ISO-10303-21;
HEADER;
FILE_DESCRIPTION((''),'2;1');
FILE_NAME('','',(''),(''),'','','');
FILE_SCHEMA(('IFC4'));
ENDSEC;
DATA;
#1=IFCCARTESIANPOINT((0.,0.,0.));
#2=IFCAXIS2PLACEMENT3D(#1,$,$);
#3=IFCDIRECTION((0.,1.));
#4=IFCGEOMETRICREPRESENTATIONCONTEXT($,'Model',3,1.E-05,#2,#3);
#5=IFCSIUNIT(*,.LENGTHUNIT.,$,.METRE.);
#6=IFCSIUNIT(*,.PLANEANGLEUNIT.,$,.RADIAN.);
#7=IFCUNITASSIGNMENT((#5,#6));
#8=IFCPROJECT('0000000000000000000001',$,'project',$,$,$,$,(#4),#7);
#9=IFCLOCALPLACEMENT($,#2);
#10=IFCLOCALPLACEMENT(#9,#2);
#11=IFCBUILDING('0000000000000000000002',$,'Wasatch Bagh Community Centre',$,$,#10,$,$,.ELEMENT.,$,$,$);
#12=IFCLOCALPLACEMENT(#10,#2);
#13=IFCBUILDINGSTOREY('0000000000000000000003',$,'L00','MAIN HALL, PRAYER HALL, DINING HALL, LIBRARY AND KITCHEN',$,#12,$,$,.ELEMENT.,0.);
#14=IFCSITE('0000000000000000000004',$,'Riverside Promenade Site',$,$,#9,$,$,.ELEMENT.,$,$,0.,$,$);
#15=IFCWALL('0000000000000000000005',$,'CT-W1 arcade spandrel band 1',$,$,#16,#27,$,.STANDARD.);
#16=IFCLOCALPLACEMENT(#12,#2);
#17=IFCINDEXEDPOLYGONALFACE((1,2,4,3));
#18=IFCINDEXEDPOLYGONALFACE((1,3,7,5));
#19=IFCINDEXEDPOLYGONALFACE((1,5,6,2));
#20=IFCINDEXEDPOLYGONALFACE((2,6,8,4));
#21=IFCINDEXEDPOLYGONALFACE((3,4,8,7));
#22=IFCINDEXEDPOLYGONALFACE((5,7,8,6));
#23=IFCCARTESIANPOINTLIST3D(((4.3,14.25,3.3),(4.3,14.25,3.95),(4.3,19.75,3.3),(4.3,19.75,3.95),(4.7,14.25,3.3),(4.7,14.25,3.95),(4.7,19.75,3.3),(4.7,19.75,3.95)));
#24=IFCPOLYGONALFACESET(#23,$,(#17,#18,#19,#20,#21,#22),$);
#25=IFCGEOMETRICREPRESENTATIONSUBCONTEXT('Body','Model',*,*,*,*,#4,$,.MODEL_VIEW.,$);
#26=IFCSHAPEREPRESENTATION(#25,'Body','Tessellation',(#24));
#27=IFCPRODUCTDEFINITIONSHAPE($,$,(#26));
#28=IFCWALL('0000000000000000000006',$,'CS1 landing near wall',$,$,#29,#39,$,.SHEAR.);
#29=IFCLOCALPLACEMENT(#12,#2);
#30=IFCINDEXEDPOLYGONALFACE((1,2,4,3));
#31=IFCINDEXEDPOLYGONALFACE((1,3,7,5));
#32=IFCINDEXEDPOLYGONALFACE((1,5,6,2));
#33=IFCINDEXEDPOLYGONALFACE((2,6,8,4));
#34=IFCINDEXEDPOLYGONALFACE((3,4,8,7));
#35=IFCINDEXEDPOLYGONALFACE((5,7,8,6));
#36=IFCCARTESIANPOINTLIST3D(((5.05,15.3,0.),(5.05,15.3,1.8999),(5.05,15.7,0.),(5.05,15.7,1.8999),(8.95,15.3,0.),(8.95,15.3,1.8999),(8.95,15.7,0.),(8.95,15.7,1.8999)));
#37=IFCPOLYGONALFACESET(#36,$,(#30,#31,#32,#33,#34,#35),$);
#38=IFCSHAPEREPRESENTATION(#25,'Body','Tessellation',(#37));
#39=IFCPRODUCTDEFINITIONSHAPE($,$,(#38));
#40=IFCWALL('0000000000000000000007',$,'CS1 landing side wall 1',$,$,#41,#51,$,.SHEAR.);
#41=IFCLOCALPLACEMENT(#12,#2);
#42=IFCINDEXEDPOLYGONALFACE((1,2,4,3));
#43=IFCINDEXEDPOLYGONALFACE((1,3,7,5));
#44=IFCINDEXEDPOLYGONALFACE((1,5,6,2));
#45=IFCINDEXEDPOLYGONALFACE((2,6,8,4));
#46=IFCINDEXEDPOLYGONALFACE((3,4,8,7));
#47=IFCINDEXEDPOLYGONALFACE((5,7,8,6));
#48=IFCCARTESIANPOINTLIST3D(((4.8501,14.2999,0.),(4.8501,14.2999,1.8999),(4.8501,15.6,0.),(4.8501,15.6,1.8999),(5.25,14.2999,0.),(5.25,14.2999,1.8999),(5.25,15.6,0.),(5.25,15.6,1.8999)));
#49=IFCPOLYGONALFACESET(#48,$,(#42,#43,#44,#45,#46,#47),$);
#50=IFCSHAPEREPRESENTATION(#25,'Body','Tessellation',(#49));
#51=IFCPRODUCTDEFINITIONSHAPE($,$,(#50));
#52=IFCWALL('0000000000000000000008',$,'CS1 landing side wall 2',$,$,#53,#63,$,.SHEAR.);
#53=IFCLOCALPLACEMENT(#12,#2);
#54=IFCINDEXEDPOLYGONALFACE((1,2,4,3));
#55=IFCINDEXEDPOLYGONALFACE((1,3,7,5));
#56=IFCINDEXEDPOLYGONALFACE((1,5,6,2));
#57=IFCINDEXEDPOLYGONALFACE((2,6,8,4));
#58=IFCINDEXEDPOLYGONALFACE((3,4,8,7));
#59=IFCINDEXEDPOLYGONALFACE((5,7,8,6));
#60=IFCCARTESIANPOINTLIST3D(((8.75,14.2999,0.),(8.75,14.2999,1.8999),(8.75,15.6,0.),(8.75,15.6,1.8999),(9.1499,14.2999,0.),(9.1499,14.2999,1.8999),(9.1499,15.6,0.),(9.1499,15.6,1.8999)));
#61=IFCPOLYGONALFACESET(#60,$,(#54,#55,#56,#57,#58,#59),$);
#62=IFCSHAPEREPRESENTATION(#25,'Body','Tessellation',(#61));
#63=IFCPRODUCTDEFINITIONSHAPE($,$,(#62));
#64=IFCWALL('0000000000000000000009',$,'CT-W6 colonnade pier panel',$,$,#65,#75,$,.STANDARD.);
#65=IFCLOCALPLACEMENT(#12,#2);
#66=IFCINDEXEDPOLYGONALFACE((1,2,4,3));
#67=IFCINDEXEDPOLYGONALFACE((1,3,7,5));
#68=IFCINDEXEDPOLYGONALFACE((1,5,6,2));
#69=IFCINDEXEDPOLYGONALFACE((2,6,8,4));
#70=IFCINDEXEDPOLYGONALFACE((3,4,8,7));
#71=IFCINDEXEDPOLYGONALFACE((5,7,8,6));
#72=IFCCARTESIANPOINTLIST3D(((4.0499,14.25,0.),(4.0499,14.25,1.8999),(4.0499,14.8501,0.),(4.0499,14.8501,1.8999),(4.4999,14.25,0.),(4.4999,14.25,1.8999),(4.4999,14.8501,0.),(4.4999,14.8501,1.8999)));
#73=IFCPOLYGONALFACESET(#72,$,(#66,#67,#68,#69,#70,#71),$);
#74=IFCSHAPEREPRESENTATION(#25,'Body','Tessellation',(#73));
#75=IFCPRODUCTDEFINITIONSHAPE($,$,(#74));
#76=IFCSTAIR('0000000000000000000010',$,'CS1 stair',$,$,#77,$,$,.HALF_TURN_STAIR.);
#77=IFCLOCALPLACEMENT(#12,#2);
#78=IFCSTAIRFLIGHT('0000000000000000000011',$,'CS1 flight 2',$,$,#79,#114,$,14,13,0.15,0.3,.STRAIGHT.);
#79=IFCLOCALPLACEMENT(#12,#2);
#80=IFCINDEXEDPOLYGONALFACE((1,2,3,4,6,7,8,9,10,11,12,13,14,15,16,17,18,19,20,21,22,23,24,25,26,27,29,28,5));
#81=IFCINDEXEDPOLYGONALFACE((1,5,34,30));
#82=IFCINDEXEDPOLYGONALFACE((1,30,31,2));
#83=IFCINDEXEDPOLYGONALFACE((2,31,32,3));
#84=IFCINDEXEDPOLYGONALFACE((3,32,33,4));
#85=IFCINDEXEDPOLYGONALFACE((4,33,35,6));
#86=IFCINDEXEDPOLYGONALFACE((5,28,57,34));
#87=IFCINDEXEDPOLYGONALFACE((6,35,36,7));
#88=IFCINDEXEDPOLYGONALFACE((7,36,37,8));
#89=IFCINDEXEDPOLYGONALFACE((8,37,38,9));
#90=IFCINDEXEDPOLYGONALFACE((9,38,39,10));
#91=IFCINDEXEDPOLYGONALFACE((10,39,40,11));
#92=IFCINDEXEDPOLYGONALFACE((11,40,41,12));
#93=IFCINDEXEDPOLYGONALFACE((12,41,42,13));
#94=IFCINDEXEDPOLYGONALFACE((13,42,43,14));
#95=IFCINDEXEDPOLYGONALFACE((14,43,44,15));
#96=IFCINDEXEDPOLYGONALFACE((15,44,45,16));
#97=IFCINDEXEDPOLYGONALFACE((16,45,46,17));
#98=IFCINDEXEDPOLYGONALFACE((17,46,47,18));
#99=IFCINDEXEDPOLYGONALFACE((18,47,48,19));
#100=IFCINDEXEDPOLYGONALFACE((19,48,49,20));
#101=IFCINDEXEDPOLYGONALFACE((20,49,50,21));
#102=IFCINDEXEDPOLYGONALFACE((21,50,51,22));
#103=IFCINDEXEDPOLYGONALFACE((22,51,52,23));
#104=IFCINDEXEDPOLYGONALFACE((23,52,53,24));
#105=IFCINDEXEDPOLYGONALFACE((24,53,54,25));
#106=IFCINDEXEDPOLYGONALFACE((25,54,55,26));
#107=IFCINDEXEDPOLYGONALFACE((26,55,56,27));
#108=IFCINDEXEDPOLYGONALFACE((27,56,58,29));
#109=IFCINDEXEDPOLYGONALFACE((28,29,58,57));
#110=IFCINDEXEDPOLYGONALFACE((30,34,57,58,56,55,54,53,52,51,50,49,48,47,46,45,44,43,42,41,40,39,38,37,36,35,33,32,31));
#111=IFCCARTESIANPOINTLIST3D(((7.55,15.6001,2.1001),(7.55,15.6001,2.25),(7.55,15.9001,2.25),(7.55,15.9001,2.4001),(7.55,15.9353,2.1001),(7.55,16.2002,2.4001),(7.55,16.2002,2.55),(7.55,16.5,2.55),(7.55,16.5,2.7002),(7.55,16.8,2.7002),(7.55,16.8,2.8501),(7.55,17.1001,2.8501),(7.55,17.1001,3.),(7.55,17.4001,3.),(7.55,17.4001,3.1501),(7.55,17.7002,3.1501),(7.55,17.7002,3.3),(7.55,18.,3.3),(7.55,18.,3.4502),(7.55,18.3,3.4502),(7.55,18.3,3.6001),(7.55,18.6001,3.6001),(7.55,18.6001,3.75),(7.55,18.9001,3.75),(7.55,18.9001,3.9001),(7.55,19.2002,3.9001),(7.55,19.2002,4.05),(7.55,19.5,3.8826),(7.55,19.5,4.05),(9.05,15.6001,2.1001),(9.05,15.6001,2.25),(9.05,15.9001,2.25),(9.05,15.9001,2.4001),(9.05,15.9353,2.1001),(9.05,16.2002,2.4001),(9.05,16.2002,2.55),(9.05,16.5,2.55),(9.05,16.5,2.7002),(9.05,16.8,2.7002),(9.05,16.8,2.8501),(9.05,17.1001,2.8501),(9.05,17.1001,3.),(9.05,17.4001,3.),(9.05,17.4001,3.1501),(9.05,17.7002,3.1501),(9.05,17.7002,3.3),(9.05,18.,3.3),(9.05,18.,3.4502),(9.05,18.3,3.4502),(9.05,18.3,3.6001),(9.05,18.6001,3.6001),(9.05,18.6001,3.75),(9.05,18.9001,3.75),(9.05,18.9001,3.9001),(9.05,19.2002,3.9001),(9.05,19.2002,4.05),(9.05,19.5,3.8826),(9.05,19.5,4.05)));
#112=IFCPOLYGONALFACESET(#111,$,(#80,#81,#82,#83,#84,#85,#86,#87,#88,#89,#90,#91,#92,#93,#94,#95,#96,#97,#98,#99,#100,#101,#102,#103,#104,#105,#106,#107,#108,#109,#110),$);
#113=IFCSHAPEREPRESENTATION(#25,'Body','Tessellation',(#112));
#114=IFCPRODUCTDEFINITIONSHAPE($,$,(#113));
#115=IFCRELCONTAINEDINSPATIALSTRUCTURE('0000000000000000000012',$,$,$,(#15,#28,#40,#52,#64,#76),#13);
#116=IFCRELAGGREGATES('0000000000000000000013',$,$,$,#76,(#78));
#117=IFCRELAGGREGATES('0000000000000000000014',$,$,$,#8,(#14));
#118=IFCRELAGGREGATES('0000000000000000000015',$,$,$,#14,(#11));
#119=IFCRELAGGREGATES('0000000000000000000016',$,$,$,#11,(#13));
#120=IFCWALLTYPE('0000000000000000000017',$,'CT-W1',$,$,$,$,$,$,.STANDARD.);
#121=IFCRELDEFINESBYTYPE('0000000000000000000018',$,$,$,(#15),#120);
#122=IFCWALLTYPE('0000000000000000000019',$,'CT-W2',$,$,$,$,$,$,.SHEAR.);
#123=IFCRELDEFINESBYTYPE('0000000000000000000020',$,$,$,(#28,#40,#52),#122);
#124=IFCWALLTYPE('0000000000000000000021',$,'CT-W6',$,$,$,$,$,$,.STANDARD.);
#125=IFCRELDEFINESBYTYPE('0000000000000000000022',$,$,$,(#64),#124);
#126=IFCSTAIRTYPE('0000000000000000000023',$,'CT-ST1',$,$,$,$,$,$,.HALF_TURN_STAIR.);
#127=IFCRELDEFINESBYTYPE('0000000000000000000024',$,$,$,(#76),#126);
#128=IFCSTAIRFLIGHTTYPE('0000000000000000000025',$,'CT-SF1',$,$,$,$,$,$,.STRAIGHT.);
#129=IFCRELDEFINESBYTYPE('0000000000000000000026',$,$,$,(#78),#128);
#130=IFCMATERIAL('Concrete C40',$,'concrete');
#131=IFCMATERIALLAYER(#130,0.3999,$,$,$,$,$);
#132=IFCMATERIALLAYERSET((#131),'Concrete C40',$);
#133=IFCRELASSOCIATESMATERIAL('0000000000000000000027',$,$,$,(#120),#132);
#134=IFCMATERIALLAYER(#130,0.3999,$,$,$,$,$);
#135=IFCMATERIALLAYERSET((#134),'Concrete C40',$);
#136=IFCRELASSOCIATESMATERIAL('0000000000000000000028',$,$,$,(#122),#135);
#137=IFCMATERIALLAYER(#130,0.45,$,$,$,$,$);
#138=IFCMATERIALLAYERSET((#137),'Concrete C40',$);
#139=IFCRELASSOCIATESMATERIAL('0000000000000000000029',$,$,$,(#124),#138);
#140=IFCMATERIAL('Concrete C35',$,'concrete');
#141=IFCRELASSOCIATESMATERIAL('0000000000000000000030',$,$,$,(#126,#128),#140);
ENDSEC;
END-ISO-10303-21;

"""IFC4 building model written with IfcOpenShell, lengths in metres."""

from ifc_helpers import new_model, si_unit, direction, frame, frame_2d, origin, place, context, subcontext, project, spatial, polyline, rectangle, outline, extrude, material, layer, layer_set, type_object, element, aggregate, save


model = new_model("IFC4")

# Units and contexts
model_context = context("Model", 3, precision=1e-05, world=origin(), true_north=direction((0.0, 1.0)))
body_context = subcontext(model_context, "Body", "Model", "MODEL_VIEW")
ifc_project = project(units=[si_unit("LENGTHUNIT", "METRE"), si_unit("PLANEANGLEUNIT", "RADIAN")], contexts=[model_context])

# Site, building, storey
site_placement = place(None, origin())
site = spatial("IfcSite", under=ifc_project, at=site_placement, Name="Riverside Promenade Site", CompositionType="ELEMENT", RefElevation=0.0)
building_placement = place(site_placement, origin())
building = spatial("IfcBuilding", under=site, at=building_placement, Name="Wasatch Bagh Community Centre", CompositionType="ELEMENT")
storey_placement = place(building_placement, origin())
storey = spatial("IfcBuildingStorey", under=building, at=storey_placement, Name="L00", Description="MAIN HALL, PRAYER HALL, DINING HALL, LIBRARY AND KITCHEN", CompositionType="ELEMENT", Elevation=0.0)

# Shared definitions
ifc_material_1 = material(Name="Concrete C35", Category="concrete")

# Walls
ifc_material_2 = material(Name="Concrete C40", Category="concrete")
ifc_layer_1 = layer(ifc_material_2, 0.3999)
ifc_layer_set_1 = layer_set([ifc_layer_1], Name="Concrete C40")
wall_type_1 = type_object("IfcWallType", Name="CT-W1", PredefinedType="STANDARD", material=ifc_layer_set_1)
wall_1_placement = place(storey_placement, frame((4.5, 14.25, 3.3), z_axis=(0.0, 0.0, 1.0), x_axis=(0.0, 1.0, 0.0)))
element("IfcWall", 1, at=wall_1_placement, inside=storey, type_object=wall_type_1, Name="CT-W1 arcade spandrel band 1", PredefinedType="STANDARD", context=body_context, shape_type="SweptSolid", body=[
    extrude(rectangle(XDim=5.5, YDim=0.3999, at=frame_2d((2.75, 0.0))), origin(), (0.0, 0.0, 1.0), 0.6499),
])
ifc_layer_2 = layer(ifc_material_2, 0.3999)
ifc_layer_set_2 = layer_set([ifc_layer_2], Name="Concrete C40")
wall_type_2 = type_object("IfcWallType", Name="CT-W2", PredefinedType="SHEAR", material=ifc_layer_set_2)
wall_2_placement = place(storey_placement, frame((5.05, 15.5, 0.0), z_axis=(0.0, 0.0, 1.0), x_axis=(1.0, 0.0, 0.0)))
element("IfcWall", 2, at=wall_2_placement, inside=storey, type_object=wall_type_2, Name="CS1 landing near wall", PredefinedType="SHEAR", context=body_context, shape_type="SweptSolid", body=[
    extrude(rectangle(XDim=3.8999, YDim=0.3999, at=frame_2d((1.95, 0.0))), origin(), (0.0, 0.0, 1.0), 1.8999),
])
for number, where, z_axis, x_axis, name in (
    (3, (5.05, 14.3, 0.0), (0.0, 0.0, 1.0), (0.0, 1.0, 0.0), "CS1 landing side wall 1"),
    (4, (8.95, 14.3, 0.0), (0.0, 0.0, 1.0), (0.0, 1.0, 0.0), "CS1 landing side wall 2"),
):
    element("IfcWall", number, at=place(storey_placement, frame(where, z_axis=z_axis, x_axis=x_axis)), inside=storey, type_object=wall_type_2, Name=name, PredefinedType="SHEAR", context=body_context, shape_type="SweptSolid", body=[
        extrude(rectangle(XDim=1.3, YDim=0.3999, at=frame_2d((0.6499, 0.0))), origin(), (0.0, 0.0, 1.0), 1.8999),
    ])
ifc_layer_3 = layer(ifc_material_2, 0.45)
ifc_layer_set_3 = layer_set([ifc_layer_3], Name="Concrete C40")
wall_type_3 = type_object("IfcWallType", Name="CT-W6", PredefinedType="STANDARD", material=ifc_layer_set_3)
wall_3_placement = place(storey_placement, frame((4.2749, 14.25, 0.0), z_axis=(0.0, 0.0, 1.0), x_axis=(0.0, 1.0, 0.0)))
element("IfcWall", 5, at=wall_3_placement, inside=storey, type_object=wall_type_3, Name="CT-W6 colonnade pier panel", PredefinedType="STANDARD", context=body_context, shape_type="SweptSolid", body=[
    extrude(rectangle(XDim=0.6001, YDim=0.45, at=frame_2d((0.3, 0.0))), origin(), (0.0, 0.0, 1.0), 1.8999),
])

# Stair, stair flight
stair_type = type_object("IfcStairType", Name="CT-ST1", PredefinedType="HALF_TURN_STAIR", material=ifc_material_1)
stair_placement = place(storey_placement, origin())
stair = element("IfcStair", 6, at=stair_placement, inside=storey, type_object=stair_type, Name="CS1 stair", PredefinedType="HALF_TURN_STAIR")
stair_flight_type = type_object("IfcStairFlightType", Name="CT-SF1", PredefinedType="STRAIGHT", material=ifc_material_1)
stair_flight_placement = place(storey_placement, frame((8.3, 15.6001, 2.1001), z_axis=(0.0, 0.0, 1.0), x_axis=(0.0, 1.0, 0.0)))
stair_flight = element("IfcStairFlight", 7, at=stair_flight_placement, type_object=stair_flight_type, Name="CS1 flight 2", NumberOfRisers=14, NumberOfTreads=13, PredefinedType="STRAIGHT", RiserHeight=0.15, TreadLength=0.3, context=body_context, shape_type="SweptSolid", body=[
    extrude(outline(polyline([(0.0, 0.0), (0.0, 0.1499), (0.3, 0.1499), (0.3, 0.3), (0.6001, 0.3), (0.6001, 0.45), (0.8999, 0.45), (0.8999, 0.6001), (1.2, 0.6001), (1.2, 0.75), (1.5, 0.75), (1.5, 0.8999), (1.8, 0.8999), (1.8, 1.05), (2.1001, 1.05), (2.1001, 1.2), (2.3999, 1.2), (2.3999, 1.3501), (2.7, 1.3501), (2.7, 1.5), (3.0, 1.5), (3.0, 1.6499), (3.3, 1.6499), (3.3, 1.8), (3.6001, 1.8), (3.6001, 1.95), (3.8999, 1.95), (3.8999, 2.1001), (3.8999, 1.7825), (0.3352, 0.0), (0.0, 0.0)])), frame((0.0, 0.75, 0.0), z_axis=(0.0, -1.0, 0.0), x_axis=(1.0, 0.0, 0.0)), (0.0, 0.0, 1.0), 1.5),
])
aggregate(stair, [stair_flight])

save(model, "model.ifc")
